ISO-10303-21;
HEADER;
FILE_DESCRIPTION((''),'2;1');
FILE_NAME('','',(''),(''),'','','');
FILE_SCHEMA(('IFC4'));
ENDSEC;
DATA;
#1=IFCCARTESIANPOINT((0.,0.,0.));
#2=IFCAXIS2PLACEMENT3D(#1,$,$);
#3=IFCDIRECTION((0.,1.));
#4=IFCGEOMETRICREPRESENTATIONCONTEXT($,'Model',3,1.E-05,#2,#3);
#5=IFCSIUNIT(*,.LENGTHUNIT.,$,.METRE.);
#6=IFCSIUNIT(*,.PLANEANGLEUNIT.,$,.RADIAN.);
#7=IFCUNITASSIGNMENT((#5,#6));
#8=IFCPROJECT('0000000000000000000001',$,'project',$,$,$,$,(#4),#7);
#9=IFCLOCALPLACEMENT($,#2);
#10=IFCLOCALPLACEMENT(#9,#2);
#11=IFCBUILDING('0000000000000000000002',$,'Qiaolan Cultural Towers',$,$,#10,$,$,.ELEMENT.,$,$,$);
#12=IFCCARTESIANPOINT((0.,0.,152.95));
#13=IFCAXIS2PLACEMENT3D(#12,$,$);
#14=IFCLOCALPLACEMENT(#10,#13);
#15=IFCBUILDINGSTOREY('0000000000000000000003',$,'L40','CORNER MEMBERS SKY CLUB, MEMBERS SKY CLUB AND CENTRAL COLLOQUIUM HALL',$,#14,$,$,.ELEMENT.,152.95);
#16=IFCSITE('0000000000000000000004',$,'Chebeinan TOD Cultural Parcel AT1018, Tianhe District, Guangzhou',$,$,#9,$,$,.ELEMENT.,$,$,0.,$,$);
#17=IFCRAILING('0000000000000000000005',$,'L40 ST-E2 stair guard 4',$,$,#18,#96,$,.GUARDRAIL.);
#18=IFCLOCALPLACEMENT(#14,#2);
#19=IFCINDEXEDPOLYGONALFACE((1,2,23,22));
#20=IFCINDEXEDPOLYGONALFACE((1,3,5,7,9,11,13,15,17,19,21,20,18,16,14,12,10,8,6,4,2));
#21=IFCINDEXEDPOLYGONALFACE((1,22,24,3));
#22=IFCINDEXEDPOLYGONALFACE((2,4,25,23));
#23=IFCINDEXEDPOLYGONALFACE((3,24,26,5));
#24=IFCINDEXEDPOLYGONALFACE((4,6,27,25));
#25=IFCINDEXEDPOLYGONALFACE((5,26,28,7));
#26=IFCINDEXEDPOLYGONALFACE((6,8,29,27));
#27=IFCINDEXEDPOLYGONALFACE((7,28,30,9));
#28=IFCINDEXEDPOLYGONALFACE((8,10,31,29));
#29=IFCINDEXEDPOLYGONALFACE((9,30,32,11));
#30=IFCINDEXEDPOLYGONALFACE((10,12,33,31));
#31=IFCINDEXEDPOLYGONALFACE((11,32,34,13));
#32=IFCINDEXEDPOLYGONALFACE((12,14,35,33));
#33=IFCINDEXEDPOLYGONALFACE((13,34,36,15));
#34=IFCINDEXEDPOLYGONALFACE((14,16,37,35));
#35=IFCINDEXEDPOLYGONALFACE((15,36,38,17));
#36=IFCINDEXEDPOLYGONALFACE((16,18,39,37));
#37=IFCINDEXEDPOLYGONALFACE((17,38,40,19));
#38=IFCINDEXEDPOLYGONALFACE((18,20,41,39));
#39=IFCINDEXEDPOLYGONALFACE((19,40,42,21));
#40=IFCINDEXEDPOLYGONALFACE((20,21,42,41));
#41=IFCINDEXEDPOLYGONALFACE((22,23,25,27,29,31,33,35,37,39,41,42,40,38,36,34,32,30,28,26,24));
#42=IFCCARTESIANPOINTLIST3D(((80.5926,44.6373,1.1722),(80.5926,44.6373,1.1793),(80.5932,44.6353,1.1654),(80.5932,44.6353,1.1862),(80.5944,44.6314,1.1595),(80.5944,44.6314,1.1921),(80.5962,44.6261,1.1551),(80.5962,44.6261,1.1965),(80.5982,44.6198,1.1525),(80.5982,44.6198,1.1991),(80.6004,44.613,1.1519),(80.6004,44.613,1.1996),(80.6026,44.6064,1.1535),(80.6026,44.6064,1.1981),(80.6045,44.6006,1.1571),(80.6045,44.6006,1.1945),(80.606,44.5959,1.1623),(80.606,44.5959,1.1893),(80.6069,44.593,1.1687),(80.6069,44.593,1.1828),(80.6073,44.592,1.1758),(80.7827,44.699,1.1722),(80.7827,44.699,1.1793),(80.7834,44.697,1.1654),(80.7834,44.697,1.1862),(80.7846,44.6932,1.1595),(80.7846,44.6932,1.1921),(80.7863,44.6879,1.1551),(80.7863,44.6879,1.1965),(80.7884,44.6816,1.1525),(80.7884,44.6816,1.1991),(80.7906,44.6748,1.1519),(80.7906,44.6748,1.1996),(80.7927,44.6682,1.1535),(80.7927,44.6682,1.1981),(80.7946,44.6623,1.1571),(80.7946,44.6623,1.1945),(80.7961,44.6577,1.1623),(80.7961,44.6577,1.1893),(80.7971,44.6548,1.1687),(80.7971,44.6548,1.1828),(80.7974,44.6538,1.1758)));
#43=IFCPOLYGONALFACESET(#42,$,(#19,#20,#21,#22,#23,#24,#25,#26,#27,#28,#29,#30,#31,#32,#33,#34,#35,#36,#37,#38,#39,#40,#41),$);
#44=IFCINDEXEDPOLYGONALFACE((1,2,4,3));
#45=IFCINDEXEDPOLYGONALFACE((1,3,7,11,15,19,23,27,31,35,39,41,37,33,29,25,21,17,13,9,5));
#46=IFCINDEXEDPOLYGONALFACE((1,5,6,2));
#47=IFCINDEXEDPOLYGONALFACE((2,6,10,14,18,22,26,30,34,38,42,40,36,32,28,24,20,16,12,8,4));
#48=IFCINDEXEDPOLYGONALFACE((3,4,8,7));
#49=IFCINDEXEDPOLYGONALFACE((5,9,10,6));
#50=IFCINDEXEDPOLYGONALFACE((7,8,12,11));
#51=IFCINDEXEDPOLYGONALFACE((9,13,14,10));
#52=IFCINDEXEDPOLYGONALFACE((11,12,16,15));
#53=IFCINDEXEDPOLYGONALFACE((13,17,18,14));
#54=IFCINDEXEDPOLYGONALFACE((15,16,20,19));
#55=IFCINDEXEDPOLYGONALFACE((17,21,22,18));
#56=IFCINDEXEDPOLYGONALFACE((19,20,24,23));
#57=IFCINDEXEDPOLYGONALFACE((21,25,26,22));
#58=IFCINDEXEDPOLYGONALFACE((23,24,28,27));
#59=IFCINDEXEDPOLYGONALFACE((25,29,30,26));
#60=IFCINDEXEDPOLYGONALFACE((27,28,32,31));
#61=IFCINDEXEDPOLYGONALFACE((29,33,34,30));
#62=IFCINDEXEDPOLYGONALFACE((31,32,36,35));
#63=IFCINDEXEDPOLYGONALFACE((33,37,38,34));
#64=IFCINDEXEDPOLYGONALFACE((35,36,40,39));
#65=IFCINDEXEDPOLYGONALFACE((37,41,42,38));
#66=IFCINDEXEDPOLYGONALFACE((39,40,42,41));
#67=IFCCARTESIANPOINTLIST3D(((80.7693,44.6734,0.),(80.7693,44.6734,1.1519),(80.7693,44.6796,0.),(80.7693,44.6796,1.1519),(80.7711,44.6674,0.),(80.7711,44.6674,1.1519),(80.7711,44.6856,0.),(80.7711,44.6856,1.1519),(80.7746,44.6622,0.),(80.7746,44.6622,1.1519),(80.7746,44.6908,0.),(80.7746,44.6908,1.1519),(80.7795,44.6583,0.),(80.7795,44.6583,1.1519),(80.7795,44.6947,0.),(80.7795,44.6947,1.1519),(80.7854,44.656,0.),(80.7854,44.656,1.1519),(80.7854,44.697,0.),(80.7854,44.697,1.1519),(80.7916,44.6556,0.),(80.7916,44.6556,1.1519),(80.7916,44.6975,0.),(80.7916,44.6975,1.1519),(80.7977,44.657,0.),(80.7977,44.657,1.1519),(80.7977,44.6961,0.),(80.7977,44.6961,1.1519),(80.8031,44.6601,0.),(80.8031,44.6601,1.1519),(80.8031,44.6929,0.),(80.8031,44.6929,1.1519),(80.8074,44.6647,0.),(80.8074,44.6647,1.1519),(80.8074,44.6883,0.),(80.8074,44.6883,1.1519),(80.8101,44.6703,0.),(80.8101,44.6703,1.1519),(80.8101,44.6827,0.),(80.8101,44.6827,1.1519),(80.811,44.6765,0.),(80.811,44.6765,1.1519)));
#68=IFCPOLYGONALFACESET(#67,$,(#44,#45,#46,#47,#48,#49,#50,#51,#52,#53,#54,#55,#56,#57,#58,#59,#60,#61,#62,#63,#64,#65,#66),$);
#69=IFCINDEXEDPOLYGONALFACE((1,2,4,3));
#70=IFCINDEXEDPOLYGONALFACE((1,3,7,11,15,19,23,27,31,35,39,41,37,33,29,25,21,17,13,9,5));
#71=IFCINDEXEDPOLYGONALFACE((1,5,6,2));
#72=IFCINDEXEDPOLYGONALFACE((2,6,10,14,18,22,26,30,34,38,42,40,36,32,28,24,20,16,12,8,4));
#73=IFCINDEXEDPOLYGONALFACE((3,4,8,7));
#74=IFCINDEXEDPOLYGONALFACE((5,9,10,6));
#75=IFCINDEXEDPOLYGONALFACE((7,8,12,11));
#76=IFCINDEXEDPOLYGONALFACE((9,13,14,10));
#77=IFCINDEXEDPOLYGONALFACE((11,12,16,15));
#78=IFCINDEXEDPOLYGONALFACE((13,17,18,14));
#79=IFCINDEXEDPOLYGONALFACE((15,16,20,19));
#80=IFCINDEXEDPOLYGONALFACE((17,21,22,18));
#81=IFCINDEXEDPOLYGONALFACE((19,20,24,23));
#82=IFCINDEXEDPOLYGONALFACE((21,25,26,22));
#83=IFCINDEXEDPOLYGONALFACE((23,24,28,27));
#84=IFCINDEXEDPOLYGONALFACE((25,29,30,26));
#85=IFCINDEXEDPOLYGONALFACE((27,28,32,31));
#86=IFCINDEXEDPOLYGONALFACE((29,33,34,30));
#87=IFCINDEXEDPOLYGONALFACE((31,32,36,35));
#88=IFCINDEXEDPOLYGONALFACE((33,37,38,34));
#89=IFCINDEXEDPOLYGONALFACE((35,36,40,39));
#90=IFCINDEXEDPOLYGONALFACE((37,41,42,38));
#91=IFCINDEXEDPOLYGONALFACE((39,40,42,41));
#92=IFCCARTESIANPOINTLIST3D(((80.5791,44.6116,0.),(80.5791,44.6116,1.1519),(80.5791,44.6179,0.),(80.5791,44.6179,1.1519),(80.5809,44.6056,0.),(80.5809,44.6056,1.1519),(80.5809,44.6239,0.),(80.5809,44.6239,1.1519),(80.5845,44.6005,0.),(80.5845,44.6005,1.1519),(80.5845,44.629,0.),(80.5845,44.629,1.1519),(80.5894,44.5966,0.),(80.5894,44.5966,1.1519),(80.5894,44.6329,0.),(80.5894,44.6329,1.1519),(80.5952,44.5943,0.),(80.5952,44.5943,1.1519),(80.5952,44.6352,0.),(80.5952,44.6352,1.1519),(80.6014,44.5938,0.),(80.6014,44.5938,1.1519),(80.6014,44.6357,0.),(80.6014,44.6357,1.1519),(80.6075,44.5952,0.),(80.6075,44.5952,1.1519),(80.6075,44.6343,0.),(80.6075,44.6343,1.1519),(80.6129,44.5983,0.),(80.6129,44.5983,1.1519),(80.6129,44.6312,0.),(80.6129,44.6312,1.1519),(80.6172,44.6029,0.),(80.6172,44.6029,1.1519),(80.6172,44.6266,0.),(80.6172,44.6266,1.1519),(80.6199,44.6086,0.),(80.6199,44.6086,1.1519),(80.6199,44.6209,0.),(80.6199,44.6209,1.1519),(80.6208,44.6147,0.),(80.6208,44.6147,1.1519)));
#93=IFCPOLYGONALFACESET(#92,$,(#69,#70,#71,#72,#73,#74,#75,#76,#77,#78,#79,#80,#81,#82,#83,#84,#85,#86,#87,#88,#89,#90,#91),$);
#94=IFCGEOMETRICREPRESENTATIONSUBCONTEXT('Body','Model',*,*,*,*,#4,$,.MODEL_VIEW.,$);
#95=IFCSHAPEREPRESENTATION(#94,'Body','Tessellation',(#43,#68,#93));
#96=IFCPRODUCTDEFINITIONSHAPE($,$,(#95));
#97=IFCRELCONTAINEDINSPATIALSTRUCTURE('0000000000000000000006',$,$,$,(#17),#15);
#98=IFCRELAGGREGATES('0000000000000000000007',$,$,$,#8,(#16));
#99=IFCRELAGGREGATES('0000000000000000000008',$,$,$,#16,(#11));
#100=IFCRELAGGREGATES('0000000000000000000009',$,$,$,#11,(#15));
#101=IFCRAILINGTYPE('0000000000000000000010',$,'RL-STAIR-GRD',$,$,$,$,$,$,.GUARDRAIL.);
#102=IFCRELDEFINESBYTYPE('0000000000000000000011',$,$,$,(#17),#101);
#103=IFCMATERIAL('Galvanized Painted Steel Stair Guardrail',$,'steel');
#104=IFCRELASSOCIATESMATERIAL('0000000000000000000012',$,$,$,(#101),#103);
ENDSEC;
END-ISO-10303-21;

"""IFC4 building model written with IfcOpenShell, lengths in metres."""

from ifc_helpers import new_model, si_unit, direction, frame, origin, origin_2d, place, context, subcontext, project, spatial, circle, extrude, material, type_object, element, save


model = new_model("IFC4")

# Units and contexts
model_context = context("Model", 3, precision=1e-05, world=origin(), true_north=direction((0.0, 1.0)))
body_context = subcontext(model_context, "Body", "Model", "MODEL_VIEW")
ifc_project = project(units=[si_unit("LENGTHUNIT", "METRE"), si_unit("PLANEANGLEUNIT", "RADIAN")], contexts=[model_context])

# Site, building, storey
site_placement = place(None, origin())
site = spatial("IfcSite", under=ifc_project, at=site_placement, Name="Chebeinan TOD Cultural Parcel AT1018, Tianhe District, Guangzhou", CompositionType="ELEMENT", RefElevation=0.0)
building_placement = place(site_placement, origin())
building = spatial("IfcBuilding", under=site, at=building_placement, Name="Qiaolan Cultural Towers", CompositionType="ELEMENT")
storey_placement = place(building_placement, frame((0.0, 0.0, 152.95)))
storey = spatial("IfcBuildingStorey", under=building, at=storey_placement, Name="L40", Description="CORNER MEMBERS SKY CLUB, MEMBERS SKY CLUB AND CENTRAL COLLOQUIUM HALL", CompositionType="ELEMENT", Elevation=152.95)

# Railing
ifc_material_1 = material(Name="Galvanized Painted Steel Stair Guardrail", Category="steel")
railing_type_1 = type_object("IfcRailingType", Name="RL-STAIR-GRD", PredefinedType="GUARDRAIL", material=ifc_material_1)
railing_1_placement = place(storey_placement, frame((80.79, 44.6765, 0.0)))
element("IfcRailing", 1, at=railing_1_placement, inside=storey, type_object=railing_type_1, Name="L40 ST-E2 stair guard 4", PredefinedType="GUARDRAIL", context=body_context, shape_type="SweptSolid", body=[
    extrude(circle(Radius=0.0239, at=origin_2d()), frame((0.0, 0.0, 1.1758), z_axis=(-0.951097, -0.308893, 0.0), x_axis=(0.308893, -0.951097, 0.0)), (0.0, 0.0, 1.0), 0.2),
    extrude(circle(Radius=0.021, at=origin_2d()), origin(), (0.0, 0.0, 1.0), 1.1519),
    extrude(circle(Radius=0.021, at=origin_2d()), frame((-0.1902, -0.0618, 0.0)), (0.0, 0.0, 1.0), 1.1519),
])

save(model, "model.ifc")
